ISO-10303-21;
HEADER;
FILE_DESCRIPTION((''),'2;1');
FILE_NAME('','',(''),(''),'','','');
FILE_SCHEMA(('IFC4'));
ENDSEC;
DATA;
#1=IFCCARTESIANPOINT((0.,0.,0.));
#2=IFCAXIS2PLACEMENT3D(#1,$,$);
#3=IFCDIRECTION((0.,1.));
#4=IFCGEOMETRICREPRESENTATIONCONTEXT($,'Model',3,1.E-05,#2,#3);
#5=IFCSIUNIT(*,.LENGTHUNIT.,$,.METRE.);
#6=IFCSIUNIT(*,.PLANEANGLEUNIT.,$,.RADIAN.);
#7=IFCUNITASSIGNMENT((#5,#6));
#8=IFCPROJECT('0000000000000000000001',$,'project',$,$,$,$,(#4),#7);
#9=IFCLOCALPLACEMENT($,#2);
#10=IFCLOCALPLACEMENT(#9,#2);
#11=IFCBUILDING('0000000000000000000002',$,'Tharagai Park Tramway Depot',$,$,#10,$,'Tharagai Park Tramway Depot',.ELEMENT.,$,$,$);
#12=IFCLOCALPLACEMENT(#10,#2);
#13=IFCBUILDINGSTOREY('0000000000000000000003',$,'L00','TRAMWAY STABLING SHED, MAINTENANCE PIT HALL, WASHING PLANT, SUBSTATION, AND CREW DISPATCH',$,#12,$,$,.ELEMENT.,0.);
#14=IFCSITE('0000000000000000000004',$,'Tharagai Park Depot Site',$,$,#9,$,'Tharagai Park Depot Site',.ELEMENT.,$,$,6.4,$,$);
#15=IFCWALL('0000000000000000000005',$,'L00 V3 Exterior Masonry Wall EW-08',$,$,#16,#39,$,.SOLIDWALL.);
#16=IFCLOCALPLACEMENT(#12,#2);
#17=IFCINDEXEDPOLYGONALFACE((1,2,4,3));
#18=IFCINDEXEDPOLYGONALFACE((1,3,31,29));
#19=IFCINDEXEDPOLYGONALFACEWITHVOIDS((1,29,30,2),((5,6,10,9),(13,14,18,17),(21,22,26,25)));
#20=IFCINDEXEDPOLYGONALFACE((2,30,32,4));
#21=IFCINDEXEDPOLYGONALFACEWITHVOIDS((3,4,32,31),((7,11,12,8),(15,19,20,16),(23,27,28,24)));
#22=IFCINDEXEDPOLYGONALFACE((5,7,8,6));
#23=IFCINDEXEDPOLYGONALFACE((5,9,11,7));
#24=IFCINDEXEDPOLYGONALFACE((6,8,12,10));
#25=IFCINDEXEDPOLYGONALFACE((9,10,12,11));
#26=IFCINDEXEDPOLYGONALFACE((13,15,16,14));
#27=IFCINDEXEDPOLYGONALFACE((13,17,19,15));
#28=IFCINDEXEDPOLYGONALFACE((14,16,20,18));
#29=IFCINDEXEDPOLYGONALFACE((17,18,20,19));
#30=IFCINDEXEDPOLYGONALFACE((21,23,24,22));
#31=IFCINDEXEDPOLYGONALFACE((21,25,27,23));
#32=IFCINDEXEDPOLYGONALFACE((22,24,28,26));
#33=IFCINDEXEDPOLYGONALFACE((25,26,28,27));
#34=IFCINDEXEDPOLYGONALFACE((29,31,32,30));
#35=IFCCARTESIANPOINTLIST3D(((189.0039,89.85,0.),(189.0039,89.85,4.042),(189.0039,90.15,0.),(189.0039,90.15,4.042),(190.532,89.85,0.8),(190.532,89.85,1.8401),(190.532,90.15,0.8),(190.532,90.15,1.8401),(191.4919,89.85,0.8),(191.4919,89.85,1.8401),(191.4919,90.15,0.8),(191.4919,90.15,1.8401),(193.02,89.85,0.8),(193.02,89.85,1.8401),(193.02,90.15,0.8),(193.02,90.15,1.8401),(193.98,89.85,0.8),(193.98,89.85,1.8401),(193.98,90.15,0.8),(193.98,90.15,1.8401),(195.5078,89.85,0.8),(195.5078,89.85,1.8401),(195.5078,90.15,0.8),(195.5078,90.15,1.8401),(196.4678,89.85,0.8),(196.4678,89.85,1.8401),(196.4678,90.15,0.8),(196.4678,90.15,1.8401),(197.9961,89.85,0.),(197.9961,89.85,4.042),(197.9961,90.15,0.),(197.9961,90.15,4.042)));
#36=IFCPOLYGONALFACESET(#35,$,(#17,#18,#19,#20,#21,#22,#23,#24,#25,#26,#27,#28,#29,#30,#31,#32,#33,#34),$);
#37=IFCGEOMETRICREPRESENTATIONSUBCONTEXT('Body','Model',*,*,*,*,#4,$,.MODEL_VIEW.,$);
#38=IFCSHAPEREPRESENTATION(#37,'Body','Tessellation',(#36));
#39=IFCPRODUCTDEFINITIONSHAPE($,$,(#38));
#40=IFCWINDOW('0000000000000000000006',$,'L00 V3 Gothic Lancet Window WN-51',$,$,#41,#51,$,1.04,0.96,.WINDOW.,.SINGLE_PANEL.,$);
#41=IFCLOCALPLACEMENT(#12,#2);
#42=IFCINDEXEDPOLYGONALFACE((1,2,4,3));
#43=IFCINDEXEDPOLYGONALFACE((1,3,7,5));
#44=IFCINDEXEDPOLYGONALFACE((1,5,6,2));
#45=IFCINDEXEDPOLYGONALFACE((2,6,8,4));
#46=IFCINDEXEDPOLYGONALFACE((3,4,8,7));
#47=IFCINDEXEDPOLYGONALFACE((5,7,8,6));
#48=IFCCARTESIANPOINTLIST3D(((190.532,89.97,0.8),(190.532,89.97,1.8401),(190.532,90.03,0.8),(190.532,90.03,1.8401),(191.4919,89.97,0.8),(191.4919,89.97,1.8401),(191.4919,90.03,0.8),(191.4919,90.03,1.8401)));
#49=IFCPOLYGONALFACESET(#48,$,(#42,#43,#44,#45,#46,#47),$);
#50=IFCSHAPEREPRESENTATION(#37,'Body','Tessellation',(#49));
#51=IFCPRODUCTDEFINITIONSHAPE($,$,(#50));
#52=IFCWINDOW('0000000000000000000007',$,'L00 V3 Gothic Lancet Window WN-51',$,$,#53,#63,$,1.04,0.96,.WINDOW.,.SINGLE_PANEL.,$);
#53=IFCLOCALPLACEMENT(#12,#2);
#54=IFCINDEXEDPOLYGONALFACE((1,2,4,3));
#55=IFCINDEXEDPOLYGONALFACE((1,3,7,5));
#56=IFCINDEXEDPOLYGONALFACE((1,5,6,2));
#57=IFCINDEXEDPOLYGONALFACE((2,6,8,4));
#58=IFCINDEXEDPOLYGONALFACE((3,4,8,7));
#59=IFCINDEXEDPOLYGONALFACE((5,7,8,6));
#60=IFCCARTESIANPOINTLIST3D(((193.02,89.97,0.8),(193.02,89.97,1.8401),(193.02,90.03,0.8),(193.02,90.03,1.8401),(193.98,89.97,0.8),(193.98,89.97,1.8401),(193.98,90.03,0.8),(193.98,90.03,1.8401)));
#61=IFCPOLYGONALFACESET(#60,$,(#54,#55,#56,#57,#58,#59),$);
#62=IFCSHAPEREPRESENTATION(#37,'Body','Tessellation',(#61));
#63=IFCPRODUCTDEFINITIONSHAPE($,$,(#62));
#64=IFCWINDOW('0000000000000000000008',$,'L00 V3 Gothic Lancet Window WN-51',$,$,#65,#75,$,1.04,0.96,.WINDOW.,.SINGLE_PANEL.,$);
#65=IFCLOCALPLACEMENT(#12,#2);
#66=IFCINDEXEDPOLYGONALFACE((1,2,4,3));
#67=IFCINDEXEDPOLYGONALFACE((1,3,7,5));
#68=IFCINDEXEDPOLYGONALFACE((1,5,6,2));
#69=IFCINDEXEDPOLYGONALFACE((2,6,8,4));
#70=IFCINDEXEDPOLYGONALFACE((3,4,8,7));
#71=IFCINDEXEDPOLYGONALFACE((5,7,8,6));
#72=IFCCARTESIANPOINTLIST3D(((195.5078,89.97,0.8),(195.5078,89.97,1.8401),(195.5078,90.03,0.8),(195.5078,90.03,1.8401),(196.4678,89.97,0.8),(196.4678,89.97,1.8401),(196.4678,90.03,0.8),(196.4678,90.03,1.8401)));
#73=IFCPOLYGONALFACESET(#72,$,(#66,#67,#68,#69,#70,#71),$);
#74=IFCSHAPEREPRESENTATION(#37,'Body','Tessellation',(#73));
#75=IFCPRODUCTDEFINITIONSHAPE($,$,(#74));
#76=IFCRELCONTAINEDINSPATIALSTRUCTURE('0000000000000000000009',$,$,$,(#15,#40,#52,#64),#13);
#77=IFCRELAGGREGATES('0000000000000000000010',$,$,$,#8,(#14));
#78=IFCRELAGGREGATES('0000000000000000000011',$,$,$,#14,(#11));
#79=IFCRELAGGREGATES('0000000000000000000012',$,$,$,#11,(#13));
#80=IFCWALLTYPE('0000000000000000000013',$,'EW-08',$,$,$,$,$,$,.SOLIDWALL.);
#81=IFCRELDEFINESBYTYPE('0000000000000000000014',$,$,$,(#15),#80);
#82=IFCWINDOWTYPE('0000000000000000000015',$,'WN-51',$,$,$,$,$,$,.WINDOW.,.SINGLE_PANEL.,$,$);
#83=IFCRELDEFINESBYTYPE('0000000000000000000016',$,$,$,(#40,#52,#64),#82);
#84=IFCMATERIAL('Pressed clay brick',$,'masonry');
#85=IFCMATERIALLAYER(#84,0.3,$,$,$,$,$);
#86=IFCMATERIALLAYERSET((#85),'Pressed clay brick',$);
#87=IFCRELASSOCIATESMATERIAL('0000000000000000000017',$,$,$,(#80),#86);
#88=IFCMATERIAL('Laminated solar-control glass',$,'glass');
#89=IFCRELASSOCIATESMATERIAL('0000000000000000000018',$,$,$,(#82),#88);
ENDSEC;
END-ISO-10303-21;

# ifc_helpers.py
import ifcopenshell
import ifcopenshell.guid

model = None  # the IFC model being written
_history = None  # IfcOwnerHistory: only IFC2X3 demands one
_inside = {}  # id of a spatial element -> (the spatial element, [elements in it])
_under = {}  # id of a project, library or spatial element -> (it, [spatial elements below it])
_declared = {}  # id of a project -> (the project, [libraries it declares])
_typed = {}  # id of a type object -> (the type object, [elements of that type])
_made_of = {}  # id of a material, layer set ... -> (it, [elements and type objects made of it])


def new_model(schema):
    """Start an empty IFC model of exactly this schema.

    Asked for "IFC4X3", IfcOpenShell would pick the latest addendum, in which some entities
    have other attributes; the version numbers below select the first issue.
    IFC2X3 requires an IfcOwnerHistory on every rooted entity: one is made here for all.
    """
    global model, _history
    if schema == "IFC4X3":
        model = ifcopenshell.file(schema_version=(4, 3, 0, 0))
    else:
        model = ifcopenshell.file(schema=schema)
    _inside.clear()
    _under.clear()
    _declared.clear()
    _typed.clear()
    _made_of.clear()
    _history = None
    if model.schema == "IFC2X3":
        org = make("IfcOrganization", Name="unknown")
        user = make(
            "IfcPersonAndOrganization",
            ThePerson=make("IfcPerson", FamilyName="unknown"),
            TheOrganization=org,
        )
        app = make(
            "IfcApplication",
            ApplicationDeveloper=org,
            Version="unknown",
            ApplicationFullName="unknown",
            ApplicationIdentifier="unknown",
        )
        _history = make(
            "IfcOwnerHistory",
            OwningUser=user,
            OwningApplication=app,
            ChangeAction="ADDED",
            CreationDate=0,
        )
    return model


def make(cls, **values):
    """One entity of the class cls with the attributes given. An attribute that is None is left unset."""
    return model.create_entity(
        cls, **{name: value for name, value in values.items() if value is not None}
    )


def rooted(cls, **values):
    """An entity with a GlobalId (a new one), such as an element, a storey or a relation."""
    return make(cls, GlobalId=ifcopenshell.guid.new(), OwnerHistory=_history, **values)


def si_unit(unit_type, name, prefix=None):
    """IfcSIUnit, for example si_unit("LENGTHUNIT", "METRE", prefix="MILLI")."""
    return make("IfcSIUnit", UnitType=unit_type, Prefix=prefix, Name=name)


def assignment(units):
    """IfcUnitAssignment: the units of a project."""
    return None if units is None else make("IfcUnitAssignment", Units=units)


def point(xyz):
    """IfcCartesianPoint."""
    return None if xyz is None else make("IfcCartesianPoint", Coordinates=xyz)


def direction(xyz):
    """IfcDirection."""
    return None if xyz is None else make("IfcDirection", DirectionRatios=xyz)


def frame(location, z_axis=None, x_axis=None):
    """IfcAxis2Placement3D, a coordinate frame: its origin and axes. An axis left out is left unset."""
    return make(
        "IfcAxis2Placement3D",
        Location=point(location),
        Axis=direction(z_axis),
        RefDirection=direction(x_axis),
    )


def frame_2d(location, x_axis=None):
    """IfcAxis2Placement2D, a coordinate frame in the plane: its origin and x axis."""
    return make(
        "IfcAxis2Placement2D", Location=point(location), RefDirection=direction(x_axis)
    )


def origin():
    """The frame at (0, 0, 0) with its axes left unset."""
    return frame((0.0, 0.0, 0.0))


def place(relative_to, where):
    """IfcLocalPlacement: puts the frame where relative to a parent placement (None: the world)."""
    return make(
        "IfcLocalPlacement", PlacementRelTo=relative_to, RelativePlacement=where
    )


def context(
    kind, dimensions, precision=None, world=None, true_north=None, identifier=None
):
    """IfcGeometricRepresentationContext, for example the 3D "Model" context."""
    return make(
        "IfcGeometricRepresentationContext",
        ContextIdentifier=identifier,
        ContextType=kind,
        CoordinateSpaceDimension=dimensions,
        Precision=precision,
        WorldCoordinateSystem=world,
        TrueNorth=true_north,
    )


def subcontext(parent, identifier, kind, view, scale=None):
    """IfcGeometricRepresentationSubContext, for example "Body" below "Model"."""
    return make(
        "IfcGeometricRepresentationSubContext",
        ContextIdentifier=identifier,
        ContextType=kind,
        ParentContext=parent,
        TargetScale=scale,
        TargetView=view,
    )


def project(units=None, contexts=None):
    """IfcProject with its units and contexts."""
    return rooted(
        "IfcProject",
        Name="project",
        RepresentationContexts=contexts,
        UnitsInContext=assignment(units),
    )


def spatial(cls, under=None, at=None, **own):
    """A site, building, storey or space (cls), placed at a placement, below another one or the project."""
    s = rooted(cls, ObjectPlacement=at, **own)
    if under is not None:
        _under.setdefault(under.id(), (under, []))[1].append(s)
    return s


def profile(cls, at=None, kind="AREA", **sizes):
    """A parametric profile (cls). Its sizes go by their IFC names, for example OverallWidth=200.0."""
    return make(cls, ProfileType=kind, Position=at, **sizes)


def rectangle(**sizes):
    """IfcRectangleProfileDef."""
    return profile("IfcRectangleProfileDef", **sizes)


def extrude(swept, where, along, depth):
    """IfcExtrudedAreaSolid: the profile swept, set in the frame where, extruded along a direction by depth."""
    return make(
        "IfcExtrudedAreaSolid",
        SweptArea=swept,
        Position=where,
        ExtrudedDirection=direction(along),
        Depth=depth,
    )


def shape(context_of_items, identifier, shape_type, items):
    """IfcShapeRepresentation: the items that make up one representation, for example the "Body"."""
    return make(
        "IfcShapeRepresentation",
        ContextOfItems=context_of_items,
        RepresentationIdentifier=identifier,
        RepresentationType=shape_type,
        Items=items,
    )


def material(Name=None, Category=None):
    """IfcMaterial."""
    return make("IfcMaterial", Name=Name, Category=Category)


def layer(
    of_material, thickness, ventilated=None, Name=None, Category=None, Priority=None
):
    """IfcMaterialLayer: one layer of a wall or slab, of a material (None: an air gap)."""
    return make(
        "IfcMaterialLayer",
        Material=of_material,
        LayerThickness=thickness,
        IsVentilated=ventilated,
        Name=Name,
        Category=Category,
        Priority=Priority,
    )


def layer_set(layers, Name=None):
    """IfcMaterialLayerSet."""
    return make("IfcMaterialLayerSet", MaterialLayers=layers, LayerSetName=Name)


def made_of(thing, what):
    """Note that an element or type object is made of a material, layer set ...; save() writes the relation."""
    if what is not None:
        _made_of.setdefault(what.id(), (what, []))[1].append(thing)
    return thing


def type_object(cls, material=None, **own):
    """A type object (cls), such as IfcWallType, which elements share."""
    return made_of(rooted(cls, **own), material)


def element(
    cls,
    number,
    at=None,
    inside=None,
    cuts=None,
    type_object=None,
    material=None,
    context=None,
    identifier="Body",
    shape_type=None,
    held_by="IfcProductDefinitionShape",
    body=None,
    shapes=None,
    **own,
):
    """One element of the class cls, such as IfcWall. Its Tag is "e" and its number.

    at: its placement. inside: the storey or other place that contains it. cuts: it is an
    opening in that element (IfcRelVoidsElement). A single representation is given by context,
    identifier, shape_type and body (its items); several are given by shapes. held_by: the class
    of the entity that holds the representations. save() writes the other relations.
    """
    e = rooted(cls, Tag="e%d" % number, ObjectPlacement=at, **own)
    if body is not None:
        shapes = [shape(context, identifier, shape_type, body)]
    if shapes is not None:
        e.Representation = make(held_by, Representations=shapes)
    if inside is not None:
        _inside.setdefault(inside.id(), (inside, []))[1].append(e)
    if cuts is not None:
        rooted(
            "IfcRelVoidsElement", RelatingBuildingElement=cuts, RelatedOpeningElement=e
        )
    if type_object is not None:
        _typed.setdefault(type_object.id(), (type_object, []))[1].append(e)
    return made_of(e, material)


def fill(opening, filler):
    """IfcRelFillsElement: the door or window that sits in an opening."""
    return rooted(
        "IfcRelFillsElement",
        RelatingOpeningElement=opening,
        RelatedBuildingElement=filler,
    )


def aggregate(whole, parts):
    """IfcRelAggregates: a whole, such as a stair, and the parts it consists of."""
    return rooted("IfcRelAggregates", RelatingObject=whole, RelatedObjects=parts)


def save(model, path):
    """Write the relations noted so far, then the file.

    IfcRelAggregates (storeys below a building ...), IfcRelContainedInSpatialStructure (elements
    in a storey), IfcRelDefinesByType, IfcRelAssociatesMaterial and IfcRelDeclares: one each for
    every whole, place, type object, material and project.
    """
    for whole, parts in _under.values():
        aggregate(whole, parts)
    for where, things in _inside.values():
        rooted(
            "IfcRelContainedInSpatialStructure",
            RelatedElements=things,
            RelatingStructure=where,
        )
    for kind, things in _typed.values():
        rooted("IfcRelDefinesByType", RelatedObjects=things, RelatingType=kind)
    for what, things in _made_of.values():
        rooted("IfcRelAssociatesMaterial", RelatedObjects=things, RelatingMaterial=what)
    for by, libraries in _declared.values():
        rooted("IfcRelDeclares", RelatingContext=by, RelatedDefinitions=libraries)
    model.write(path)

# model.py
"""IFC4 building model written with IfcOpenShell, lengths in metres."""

from ifc_helpers import new_model, si_unit, direction, frame, frame_2d, origin, place, context, subcontext, project, spatial, rectangle, extrude, material, layer, layer_set, type_object, element, fill, save


model = new_model("IFC4")

# Units and contexts
model_context = context("Model", 3, precision=1e-05, world=origin(), true_north=direction((0.0, 1.0)))
body_context = subcontext(model_context, "Body", "Model", "MODEL_VIEW")
ifc_project = project(units=[si_unit("LENGTHUNIT", "METRE"), si_unit("PLANEANGLEUNIT", "RADIAN")], contexts=[model_context])

# Site, building, storey
site_placement = place(None, origin())
site = spatial("IfcSite", under=ifc_project, at=site_placement, Name="Tharagai Park Depot Site", LongName="Tharagai Park Depot Site", CompositionType="ELEMENT", RefElevation=6.4)
building_placement = place(site_placement, origin())
building = spatial("IfcBuilding", under=site, at=building_placement, Name="Tharagai Park Tramway Depot", LongName="Tharagai Park Tramway Depot", CompositionType="ELEMENT")
storey_placement = place(building_placement, origin())
storey = spatial("IfcBuildingStorey", under=building, at=storey_placement, Name="L00", Description="TRAMWAY STABLING SHED, MAINTENANCE PIT HALL, WASHING PLANT, SUBSTATION, AND CREW DISPATCH", CompositionType="ELEMENT", Elevation=0.0)

# Wall, openings, windows
ifc_material_1 = material(Name="Laminated solar-control glass", Category="glass")
ifc_material_2 = material(Name="Pressed clay brick", Category="masonry")
ifc_layer_1 = layer(ifc_material_2, 0.3)
ifc_layer_set_1 = layer_set([ifc_layer_1], Name="Pressed clay brick")
wall_type_1 = type_object("IfcWallType", Name="EW-08", PredefinedType="SOLIDWALL", material=ifc_layer_set_1)
wall_1_placement = place(storey_placement, frame((189.0039, 90.0, 0.0), z_axis=(0.0, 0.0, 1.0), x_axis=(1.0, 0.0, 0.0)))
wall_1 = element("IfcWall", 1, at=wall_1_placement, inside=storey, type_object=wall_type_1, Name="L00 V3 Exterior Masonry Wall EW-08", PredefinedType="SOLIDWALL", context=body_context, shape_type="SweptSolid", body=[
    extrude(rectangle(XDim=8.9922, YDim=0.3, at=frame_2d((4.4961, 0.0))), origin(), (0.0, 0.0, 1.0), 4.042),
])
opening_1_placement = place(wall_1_placement, frame((1.5281, 0.0, 0.8)))
opening_1 = element("IfcOpeningElement", 2, at=opening_1_placement, cuts=wall_1, PredefinedType="OPENING", context=body_context, shape_type="SweptSolid", body=[
    extrude(rectangle(XDim=0.96, YDim=1.04, at=frame_2d((0.48, 0.52))), frame((0.0, 0.1599, 0.0), z_axis=(0.0, -1.0, 0.0), x_axis=(1.0, 0.0, 0.0)), (0.0, 0.0, 1.0), 0.3201),
])
opening_2_placement = place(wall_1_placement, frame((4.0161, 0.0, 0.8)))
opening_2 = element("IfcOpeningElement", 3, at=opening_2_placement, cuts=wall_1, PredefinedType="OPENING", context=body_context, shape_type="SweptSolid", body=[
    extrude(rectangle(XDim=0.96, YDim=1.04, at=frame_2d((0.48, 0.52))), frame((0.0, 0.1599, 0.0), z_axis=(0.0, -1.0, 0.0), x_axis=(1.0, 0.0, 0.0)), (0.0, 0.0, 1.0), 0.3201),
])
opening_3_placement = place(wall_1_placement, frame((6.5039, 0.0, 0.8)))
opening_3 = element("IfcOpeningElement", 4, at=opening_3_placement, cuts=wall_1, PredefinedType="OPENING", context=body_context, shape_type="SweptSolid", body=[
    extrude(rectangle(XDim=0.96, YDim=1.04, at=frame_2d((0.48, 0.52))), frame((0.0, 0.1599, 0.0), z_axis=(0.0, -1.0, 0.0), x_axis=(1.0, 0.0, 0.0)), (0.0, 0.0, 1.0), 0.3201),
])
window_type_1 = type_object("IfcWindowType", Name="WN-51", PartitioningType="SINGLE_PANEL", PredefinedType="WINDOW", material=ifc_material_1)
window_1_placement = place(opening_1_placement, origin())
window_1 = element("IfcWindow", 5, at=window_1_placement, inside=storey, type_object=window_type_1, Name="L00 V3 Gothic Lancet Window WN-51", OverallHeight=1.04, OverallWidth=0.96, PartitioningType="SINGLE_PANEL", PredefinedType="WINDOW", context=body_context, shape_type="SweptSolid", body=[
    extrude(rectangle(XDim=0.96, YDim=1.04, at=frame_2d((0.48, 0.52))), frame((0.0, 0.03, 0.0), z_axis=(0.0, -1.0, 0.0), x_axis=(1.0, 0.0, 0.0)), (0.0, 0.0, 1.0), 0.0601),
])
fill(opening_1, window_1)
window_2_placement = place(opening_2_placement, origin())
window_2 = element("IfcWindow", 6, at=window_2_placement, inside=storey, type_object=window_type_1, Name="L00 V3 Gothic Lancet Window WN-51", OverallHeight=1.04, OverallWidth=0.96, PartitioningType="SINGLE_PANEL", PredefinedType="WINDOW", context=body_context, shape_type="SweptSolid", body=[
    extrude(rectangle(XDim=0.96, YDim=1.04, at=frame_2d((0.48, 0.52))), frame((0.0, 0.03, 0.0), z_axis=(0.0, -1.0, 0.0), x_axis=(1.0, 0.0, 0.0)), (0.0, 0.0, 1.0), 0.0601),
])
fill(opening_2, window_2)
window_3_placement = place(opening_3_placement, origin())
window_3 = element("IfcWindow", 7, at=window_3_placement, inside=storey, type_object=window_type_1, Name="L00 V3 Gothic Lancet Window WN-51", OverallHeight=1.04, OverallWidth=0.96, PartitioningType="SINGLE_PANEL", PredefinedType="WINDOW", context=body_context, shape_type="SweptSolid", body=[
    extrude(rectangle(XDim=0.96, YDim=1.04, at=frame_2d((0.48, 0.52))), frame((0.0, 0.03, 0.0), z_axis=(0.0, -1.0, 0.0), x_axis=(1.0, 0.0, 0.0)), (0.0, 0.0, 1.0), 0.0601),
])
fill(opening_3, window_3)

save(model, "model.ifc")
